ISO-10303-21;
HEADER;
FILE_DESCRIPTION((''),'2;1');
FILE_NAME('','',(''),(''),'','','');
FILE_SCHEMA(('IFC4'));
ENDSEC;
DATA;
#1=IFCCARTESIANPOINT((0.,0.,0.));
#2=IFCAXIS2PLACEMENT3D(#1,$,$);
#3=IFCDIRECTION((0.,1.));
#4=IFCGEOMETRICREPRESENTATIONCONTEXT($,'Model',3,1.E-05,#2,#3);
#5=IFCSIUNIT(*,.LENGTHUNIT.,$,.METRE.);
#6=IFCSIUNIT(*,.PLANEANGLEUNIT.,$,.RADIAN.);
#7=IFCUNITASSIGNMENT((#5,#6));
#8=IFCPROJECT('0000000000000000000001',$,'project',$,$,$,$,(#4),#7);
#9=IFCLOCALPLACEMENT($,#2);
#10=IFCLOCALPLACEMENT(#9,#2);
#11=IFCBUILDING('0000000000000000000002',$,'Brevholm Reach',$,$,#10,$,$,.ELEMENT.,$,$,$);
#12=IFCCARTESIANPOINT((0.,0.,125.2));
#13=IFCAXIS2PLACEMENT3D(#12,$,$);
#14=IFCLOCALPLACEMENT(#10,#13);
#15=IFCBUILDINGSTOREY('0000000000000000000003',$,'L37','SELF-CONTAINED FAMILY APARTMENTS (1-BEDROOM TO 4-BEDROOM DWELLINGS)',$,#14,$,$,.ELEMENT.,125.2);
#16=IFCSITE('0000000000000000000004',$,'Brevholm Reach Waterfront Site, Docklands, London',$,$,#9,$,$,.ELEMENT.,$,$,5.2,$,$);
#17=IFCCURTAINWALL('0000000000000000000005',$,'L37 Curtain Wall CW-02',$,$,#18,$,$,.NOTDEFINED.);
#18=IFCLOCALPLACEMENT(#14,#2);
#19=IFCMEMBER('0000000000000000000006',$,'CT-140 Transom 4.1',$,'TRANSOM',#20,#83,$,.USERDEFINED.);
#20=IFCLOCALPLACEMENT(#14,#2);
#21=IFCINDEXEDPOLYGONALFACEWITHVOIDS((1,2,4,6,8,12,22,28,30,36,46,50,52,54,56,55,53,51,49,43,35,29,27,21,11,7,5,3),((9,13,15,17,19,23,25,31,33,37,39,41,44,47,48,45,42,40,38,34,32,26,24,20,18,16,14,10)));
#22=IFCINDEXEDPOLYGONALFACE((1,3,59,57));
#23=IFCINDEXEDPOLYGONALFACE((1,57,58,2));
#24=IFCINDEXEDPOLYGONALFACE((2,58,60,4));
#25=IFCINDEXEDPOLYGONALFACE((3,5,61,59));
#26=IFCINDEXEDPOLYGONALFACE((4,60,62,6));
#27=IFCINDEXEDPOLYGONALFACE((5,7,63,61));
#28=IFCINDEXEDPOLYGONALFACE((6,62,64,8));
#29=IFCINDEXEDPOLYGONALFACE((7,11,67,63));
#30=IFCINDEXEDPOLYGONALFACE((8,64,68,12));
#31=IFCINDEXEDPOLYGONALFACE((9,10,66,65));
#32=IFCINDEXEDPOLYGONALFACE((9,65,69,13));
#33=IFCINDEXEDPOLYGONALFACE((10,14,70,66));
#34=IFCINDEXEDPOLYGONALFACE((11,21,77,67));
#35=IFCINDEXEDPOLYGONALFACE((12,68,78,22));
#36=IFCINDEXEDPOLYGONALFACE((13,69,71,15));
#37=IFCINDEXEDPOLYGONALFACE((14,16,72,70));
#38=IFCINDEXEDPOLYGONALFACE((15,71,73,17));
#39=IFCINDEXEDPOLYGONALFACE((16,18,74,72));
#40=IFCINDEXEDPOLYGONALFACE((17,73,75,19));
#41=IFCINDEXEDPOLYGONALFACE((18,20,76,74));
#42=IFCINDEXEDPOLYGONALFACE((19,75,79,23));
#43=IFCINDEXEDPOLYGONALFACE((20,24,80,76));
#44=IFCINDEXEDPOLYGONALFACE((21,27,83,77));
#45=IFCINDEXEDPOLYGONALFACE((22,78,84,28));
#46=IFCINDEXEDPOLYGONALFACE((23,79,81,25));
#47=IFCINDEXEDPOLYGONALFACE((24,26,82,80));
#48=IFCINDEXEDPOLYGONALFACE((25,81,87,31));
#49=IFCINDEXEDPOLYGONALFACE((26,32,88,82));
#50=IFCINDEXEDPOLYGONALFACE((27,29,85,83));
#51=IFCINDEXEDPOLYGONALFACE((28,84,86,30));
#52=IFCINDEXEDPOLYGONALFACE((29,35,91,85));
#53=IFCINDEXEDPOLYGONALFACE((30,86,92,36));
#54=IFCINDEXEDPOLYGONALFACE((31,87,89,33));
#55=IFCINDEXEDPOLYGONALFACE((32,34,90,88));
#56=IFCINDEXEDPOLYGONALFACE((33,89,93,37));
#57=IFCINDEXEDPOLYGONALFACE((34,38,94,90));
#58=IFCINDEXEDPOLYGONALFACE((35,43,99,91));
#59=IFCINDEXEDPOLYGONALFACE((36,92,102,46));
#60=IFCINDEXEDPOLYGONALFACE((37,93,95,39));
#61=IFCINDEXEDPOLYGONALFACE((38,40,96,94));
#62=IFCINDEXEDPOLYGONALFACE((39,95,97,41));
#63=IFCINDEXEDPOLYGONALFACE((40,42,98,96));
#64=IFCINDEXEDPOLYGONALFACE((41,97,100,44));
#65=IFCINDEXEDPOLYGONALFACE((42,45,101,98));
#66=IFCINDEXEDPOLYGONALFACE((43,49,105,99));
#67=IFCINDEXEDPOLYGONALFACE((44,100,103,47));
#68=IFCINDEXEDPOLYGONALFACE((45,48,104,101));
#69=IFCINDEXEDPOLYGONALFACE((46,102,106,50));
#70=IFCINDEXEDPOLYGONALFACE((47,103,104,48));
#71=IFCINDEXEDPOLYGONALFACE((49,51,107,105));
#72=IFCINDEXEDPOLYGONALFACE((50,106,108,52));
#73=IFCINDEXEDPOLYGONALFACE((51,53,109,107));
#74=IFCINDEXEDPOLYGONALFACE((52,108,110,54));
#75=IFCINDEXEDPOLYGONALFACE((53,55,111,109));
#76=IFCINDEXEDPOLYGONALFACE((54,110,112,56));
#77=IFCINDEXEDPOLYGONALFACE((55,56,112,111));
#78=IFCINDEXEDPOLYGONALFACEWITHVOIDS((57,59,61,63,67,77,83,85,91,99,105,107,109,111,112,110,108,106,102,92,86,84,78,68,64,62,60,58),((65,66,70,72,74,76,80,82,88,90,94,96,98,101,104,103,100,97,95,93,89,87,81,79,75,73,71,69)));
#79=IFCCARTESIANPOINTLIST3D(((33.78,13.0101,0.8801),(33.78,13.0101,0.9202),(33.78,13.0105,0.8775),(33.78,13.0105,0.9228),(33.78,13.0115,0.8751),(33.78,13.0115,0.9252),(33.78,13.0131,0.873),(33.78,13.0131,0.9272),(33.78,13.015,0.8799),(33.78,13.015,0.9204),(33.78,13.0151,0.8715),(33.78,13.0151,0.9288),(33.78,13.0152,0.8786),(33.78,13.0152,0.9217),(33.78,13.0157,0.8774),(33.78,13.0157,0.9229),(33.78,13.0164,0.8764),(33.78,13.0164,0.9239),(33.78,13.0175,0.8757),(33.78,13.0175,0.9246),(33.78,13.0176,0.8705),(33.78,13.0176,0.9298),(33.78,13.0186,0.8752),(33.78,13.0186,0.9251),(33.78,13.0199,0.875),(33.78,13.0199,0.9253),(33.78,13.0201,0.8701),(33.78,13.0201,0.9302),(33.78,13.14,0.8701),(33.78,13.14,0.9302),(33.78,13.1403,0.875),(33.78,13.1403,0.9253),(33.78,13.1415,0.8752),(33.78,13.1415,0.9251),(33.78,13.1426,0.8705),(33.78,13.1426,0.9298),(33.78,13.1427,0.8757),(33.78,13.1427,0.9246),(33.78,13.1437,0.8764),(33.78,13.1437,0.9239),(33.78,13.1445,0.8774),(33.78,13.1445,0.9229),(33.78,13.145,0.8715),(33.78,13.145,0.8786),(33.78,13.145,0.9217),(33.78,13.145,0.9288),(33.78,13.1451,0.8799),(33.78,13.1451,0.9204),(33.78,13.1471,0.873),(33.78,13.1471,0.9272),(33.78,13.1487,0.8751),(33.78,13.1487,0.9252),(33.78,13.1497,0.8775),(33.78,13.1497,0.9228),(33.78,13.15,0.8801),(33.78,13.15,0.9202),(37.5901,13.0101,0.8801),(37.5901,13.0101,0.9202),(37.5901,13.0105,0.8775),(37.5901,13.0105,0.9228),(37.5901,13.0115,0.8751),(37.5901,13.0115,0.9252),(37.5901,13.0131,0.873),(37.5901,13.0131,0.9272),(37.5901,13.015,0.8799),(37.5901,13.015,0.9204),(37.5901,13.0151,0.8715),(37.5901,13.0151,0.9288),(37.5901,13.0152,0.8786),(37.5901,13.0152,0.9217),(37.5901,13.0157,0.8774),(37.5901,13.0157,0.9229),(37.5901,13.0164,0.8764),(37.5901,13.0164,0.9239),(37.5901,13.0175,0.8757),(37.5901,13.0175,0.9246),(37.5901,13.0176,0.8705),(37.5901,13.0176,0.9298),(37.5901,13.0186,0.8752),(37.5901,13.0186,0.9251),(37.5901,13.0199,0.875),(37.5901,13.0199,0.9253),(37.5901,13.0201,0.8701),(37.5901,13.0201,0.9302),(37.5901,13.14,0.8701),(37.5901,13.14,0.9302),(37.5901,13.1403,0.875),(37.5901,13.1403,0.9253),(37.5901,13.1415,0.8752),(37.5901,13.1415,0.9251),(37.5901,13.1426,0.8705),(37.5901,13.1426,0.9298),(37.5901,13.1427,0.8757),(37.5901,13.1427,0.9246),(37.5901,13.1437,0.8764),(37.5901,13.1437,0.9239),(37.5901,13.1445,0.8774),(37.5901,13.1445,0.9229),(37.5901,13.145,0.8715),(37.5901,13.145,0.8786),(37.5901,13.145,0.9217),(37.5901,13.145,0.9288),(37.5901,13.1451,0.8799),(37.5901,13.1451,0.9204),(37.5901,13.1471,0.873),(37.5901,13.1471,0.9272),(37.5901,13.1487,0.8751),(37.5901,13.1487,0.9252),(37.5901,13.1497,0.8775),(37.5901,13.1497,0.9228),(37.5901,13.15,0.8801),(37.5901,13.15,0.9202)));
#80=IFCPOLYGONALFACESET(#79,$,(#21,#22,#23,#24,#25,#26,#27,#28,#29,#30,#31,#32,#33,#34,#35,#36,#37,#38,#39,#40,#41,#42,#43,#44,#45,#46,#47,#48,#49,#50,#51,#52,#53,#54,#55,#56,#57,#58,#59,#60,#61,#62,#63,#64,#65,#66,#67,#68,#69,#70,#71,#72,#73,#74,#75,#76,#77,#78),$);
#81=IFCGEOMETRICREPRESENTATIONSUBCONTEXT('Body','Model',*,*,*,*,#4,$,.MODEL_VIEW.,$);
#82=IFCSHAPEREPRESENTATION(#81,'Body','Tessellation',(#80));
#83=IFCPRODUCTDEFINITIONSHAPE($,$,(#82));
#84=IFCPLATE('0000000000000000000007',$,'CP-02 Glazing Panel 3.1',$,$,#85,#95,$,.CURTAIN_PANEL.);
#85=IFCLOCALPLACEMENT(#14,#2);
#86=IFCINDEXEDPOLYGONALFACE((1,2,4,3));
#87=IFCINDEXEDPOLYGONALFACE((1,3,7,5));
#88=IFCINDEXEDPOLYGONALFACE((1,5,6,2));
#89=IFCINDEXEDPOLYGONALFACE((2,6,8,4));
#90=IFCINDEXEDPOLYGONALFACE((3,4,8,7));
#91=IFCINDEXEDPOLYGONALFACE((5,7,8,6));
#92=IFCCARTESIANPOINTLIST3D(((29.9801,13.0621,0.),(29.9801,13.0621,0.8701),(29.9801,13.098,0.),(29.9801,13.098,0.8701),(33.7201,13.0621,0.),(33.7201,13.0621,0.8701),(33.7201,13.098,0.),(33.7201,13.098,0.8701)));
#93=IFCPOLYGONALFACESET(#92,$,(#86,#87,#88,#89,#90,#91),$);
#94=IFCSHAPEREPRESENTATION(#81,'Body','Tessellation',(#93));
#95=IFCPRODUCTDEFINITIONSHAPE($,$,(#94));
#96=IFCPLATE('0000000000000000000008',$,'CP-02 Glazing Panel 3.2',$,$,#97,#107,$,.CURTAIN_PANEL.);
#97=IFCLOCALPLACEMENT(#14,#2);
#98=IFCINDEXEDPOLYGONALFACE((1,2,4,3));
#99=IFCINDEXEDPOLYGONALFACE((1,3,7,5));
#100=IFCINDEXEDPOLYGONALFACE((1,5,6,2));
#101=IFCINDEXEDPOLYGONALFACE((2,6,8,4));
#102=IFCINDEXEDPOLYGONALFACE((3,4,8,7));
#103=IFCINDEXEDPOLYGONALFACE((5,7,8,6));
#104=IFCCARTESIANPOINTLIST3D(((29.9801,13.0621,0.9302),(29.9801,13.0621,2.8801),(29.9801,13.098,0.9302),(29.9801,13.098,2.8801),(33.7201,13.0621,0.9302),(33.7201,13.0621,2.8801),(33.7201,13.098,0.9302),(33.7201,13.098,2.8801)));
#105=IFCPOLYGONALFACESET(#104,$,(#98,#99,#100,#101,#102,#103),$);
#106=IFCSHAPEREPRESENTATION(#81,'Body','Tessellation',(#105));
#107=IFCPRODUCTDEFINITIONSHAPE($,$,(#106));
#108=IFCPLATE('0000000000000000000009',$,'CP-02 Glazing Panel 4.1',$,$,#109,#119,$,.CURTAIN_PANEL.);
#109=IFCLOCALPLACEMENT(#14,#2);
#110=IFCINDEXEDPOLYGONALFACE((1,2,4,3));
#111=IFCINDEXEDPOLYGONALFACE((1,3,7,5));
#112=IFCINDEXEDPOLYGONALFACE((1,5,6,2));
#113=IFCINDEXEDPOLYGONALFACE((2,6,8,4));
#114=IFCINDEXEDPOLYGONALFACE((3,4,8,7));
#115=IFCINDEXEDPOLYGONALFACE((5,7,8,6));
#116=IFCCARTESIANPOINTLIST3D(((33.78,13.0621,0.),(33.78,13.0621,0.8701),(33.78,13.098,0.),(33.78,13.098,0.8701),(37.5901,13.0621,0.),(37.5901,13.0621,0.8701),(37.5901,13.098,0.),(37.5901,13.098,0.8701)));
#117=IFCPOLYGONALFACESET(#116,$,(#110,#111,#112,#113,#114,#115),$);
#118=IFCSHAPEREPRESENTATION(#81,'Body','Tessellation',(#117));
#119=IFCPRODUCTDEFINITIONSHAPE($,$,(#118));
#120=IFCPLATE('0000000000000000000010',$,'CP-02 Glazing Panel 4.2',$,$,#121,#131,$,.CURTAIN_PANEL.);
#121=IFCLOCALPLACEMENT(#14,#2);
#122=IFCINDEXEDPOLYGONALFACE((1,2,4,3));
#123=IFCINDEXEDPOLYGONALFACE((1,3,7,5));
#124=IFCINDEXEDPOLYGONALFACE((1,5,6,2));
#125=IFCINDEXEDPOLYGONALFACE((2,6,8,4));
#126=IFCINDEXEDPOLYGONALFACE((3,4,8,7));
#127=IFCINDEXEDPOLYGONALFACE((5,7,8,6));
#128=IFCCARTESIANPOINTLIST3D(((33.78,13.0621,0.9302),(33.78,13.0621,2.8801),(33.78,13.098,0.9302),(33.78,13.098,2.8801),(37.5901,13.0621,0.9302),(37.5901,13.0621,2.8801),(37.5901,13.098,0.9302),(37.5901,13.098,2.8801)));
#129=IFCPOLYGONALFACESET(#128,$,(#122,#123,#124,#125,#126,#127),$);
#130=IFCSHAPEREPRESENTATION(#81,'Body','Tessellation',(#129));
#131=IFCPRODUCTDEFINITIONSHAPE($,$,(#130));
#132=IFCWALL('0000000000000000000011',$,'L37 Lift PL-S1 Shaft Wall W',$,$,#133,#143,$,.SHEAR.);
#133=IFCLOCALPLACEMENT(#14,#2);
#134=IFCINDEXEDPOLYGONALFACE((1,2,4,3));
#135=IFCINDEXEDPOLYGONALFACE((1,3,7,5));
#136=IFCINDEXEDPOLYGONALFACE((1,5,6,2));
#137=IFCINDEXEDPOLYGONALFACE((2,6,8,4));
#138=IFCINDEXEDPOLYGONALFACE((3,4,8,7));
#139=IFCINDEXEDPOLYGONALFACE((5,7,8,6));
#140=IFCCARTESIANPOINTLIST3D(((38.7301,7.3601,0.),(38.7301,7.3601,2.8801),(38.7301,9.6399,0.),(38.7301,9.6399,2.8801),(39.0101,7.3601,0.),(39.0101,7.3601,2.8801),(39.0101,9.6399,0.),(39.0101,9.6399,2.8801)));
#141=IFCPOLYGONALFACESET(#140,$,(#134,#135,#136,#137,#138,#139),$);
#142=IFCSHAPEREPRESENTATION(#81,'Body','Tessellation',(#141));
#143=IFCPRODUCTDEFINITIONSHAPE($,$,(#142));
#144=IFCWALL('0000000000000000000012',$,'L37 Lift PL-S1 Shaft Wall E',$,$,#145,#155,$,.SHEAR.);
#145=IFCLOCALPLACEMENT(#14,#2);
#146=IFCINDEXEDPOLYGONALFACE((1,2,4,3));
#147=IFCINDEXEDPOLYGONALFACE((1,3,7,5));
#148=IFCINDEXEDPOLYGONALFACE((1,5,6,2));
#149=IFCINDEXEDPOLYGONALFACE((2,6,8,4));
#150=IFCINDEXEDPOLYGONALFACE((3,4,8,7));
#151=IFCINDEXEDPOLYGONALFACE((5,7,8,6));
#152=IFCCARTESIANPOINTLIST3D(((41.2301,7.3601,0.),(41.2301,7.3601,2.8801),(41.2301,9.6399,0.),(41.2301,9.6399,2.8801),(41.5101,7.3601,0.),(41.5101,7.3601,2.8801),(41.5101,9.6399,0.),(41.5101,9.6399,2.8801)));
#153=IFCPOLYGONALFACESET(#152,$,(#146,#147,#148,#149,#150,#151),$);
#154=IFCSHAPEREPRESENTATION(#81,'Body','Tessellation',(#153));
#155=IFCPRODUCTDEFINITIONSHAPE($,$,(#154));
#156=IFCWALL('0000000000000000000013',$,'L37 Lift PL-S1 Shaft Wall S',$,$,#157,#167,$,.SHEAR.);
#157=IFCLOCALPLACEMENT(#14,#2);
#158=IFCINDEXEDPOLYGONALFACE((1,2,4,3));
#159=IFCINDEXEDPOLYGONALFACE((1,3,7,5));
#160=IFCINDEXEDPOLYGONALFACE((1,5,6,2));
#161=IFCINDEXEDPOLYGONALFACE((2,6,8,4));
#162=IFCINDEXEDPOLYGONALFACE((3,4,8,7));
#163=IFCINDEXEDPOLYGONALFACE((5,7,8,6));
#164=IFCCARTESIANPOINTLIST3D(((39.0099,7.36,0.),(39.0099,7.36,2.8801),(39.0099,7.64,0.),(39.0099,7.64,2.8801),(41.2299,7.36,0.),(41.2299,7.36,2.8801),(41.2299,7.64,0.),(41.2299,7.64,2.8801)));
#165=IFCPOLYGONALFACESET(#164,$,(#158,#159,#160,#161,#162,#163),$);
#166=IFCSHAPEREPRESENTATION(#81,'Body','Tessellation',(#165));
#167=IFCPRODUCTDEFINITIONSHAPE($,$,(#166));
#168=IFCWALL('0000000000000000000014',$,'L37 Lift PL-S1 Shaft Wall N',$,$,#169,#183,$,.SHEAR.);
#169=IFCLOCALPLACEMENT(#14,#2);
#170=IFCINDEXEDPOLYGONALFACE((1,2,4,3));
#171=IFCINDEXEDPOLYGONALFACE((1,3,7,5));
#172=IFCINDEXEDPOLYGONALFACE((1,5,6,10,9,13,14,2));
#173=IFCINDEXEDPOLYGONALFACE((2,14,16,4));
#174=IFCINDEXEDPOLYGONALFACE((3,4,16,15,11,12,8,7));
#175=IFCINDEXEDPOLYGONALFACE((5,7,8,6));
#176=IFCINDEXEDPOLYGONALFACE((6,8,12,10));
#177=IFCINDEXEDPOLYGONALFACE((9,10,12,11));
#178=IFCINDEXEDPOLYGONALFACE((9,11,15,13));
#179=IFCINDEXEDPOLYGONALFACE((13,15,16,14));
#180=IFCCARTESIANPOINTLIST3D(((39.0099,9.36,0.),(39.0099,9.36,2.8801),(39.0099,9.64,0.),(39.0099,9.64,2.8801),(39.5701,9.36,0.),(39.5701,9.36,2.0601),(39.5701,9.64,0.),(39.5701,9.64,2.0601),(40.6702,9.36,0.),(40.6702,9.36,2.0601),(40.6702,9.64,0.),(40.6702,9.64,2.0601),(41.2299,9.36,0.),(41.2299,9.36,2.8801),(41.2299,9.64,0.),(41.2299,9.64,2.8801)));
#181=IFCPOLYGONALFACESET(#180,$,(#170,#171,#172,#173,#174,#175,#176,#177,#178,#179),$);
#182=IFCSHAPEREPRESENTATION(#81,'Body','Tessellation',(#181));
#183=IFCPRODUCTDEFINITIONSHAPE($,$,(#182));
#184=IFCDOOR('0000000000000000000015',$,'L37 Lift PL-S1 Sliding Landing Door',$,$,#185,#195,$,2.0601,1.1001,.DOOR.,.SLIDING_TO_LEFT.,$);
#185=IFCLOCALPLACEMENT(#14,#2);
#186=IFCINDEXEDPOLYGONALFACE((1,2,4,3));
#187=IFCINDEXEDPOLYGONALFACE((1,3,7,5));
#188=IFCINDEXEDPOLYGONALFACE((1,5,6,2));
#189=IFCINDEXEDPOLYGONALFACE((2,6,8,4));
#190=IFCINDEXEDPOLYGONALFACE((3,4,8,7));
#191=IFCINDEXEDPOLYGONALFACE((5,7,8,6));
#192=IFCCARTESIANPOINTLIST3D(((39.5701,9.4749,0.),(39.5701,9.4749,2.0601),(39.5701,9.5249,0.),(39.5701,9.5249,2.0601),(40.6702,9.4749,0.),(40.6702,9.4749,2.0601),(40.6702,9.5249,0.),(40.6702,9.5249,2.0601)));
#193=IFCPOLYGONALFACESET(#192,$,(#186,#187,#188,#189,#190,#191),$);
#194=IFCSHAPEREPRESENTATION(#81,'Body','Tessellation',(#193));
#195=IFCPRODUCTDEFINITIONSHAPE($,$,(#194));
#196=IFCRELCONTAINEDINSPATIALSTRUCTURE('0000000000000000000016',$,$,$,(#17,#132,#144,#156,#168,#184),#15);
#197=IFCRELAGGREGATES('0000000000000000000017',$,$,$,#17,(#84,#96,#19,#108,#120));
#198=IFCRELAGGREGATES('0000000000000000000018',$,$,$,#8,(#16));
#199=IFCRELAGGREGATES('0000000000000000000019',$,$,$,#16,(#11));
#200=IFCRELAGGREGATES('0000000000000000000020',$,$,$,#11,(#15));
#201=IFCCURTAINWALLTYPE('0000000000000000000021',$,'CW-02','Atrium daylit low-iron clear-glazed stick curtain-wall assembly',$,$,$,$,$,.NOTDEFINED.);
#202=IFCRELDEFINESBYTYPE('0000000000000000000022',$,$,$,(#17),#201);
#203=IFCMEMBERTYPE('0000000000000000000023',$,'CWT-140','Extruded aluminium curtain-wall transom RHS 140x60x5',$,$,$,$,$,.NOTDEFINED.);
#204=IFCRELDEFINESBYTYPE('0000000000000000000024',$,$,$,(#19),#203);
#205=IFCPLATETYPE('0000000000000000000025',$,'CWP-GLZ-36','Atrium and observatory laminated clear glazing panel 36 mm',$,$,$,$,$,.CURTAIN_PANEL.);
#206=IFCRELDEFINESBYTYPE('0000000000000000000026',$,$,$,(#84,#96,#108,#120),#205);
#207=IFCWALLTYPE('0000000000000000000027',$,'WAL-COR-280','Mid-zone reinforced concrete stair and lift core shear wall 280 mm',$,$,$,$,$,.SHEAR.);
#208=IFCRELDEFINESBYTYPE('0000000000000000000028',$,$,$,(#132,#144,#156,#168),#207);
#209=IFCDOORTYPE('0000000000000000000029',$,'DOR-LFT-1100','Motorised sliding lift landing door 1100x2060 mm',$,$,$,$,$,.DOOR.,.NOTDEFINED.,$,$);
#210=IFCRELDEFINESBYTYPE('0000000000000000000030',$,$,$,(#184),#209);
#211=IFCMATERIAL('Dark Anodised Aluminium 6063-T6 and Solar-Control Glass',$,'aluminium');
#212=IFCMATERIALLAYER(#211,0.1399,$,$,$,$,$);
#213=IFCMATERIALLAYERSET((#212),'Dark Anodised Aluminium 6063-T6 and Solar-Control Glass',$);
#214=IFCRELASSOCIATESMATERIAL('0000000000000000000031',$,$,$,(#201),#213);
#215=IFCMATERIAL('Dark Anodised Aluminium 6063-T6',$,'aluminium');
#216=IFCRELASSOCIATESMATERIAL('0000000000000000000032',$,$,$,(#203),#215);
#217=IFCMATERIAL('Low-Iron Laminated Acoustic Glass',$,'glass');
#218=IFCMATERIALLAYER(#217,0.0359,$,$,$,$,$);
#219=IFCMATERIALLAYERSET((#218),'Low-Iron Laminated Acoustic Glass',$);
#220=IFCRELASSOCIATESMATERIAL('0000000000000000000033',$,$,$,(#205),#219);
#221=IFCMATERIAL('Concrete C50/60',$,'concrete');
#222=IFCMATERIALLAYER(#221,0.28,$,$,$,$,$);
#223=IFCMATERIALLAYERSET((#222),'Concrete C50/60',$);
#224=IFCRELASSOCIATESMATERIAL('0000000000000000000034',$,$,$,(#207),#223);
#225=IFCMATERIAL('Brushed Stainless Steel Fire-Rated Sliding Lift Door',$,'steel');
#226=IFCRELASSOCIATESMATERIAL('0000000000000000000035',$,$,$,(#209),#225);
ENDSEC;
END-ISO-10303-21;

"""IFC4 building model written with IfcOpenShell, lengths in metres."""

from ifc_helpers import new_model, si_unit, direction, frame, frame_2d, origin, origin_2d, place, context, subcontext, project, spatial, rectangle, hollow_rectangle, extrude, material, layer, layer_set, material_profile, profile_set, type_object, element, fill, aggregate, save


model = new_model("IFC4")

# Units and contexts
model_context = context("Model", 3, precision=1e-05, world=origin(), true_north=direction((0.0, 1.0)))
body_context = subcontext(model_context, "Body", "Model", "MODEL_VIEW")
ifc_project = project(units=[si_unit("LENGTHUNIT", "METRE"), si_unit("PLANEANGLEUNIT", "RADIAN")], contexts=[model_context])

# Site, building, storey
site_placement = place(None, origin())
site = spatial("IfcSite", under=ifc_project, at=site_placement, Name="Brevholm Reach Waterfront Site, Docklands, London", CompositionType="ELEMENT", RefElevation=5.2)
building_placement = place(site_placement, origin())
building = spatial("IfcBuilding", under=site, at=building_placement, Name="Brevholm Reach", CompositionType="ELEMENT")
storey_placement = place(building_placement, frame((0.0, 0.0, 125.2)))
storey = spatial("IfcBuildingStorey", under=building, at=storey_placement, Name="L37", Description="SELF-CONTAINED FAMILY APARTMENTS (1-BEDROOM TO 4-BEDROOM DWELLINGS)", CompositionType="ELEMENT", Elevation=125.2)

# Curtain wall, member, plates
ifc_material_1 = material(Name="Dark Anodised Aluminium 6063-T6 and Solar-Control Glass", Category="aluminium")
ifc_layer_1 = layer(ifc_material_1, 0.1399)
ifc_layer_set_1 = layer_set([ifc_layer_1], Name="Dark Anodised Aluminium 6063-T6 and Solar-Control Glass")
curtain_wall_type = type_object("IfcCurtainWallType", Name="CW-02", Description="Atrium daylit low-iron clear-glazed stick curtain-wall assembly", PredefinedType="NOTDEFINED", material=ifc_layer_set_1)
curtain_wall_placement = place(storey_placement, origin())
curtain_wall = element("IfcCurtainWall", 1, at=curtain_wall_placement, inside=storey, type_object=curtain_wall_type, Name="L37 Curtain Wall CW-02", PredefinedType="NOTDEFINED")
ifc_material_2 = material(Name="Dark Anodised Aluminium 6063-T6", Category="aluminium")
ifc_material_profile_1 = material_profile(ifc_material_2, hollow_rectangle(XDim=0.0601, YDim=0.1399, WallThickness=0.0049, InnerFilletRadius=0.0049, OuterFilletRadius=0.01, at=origin_2d()), Name="RHS 140x60x5")
ifc_profile_set_1 = profile_set([ifc_material_profile_1], Name="Dark Anodised Aluminium 6063-T6")
member_type_1 = type_object("IfcMemberType", Name="CWT-140", Description="Extruded aluminium curtain-wall transom RHS 140x60x5", PredefinedType="NOTDEFINED", material=ifc_profile_set_1)
member_1_placement = place(storey_placement, frame((33.78, 13.0801, 0.9001), z_axis=(1.0, 0.0, 0.0), x_axis=(0.0, 0.0, 1.0)))
member_1 = element("IfcMember", 2, at=member_1_placement, type_object=member_type_1, Name="CT-140 Transom 4.1", ObjectType="TRANSOM", PredefinedType="USERDEFINED", context=body_context, shape_type="SweptSolid", body=[
    extrude(hollow_rectangle(XDim=0.0601, YDim=0.1399, WallThickness=0.0049, InnerFilletRadius=0.0049, OuterFilletRadius=0.01, at=origin_2d()), origin(), (0.0, 0.0, 1.0), 3.8101),
])
ifc_material_3 = material(Name="Low-Iron Laminated Acoustic Glass", Category="glass")
ifc_layer_2 = layer(ifc_material_3, 0.0359)
ifc_layer_set_2 = layer_set([ifc_layer_2], Name="Low-Iron Laminated Acoustic Glass")
plate_type = type_object("IfcPlateType", Name="CWP-GLZ-36", Description="Atrium and observatory laminated clear glazing panel 36 mm", PredefinedType="CURTAIN_PANEL", material=ifc_layer_set_2)
plate_1_placement = place(storey_placement, frame((31.8501, 13.0801, 0.0), z_axis=(0.0, 0.0, 1.0), x_axis=(1.0, 0.0, 0.0)))
plate_1 = element("IfcPlate", 3, at=plate_1_placement, type_object=plate_type, Name="CP-02 Glazing Panel 3.1", PredefinedType="CURTAIN_PANEL", context=body_context, shape_type="SweptSolid", body=[
    extrude(rectangle(XDim=3.74, YDim=0.0359, at=origin_2d()), origin(), (0.0, 0.0, 1.0), 0.8701),
])
plate_2_placement = place(storey_placement, frame((31.8501, 13.0801, 0.9302), z_axis=(0.0, 0.0, 1.0), x_axis=(1.0, 0.0, 0.0)))
plate_2 = element("IfcPlate", 4, at=plate_2_placement, type_object=plate_type, Name="CP-02 Glazing Panel 3.2", PredefinedType="CURTAIN_PANEL", context=body_context, shape_type="SweptSolid", body=[
    extrude(rectangle(XDim=3.74, YDim=0.0359, at=origin_2d()), origin(), (0.0, 0.0, 1.0), 1.95),
])
plate_3_placement = place(storey_placement, frame((35.6851, 13.0801, 0.0), z_axis=(0.0, 0.0, 1.0), x_axis=(1.0, 0.0, 0.0)))
plate_3 = element("IfcPlate", 5, at=plate_3_placement, type_object=plate_type, Name="CP-02 Glazing Panel 4.1", PredefinedType="CURTAIN_PANEL", context=body_context, shape_type="SweptSolid", body=[
    extrude(rectangle(XDim=3.8101, YDim=0.0359, at=origin_2d()), origin(), (0.0, 0.0, 1.0), 0.8701),
])
plate_4_placement = place(storey_placement, frame((35.6851, 13.0801, 0.9302), z_axis=(0.0, 0.0, 1.0), x_axis=(1.0, 0.0, 0.0)))
plate_4 = element("IfcPlate", 6, at=plate_4_placement, type_object=plate_type, Name="CP-02 Glazing Panel 4.2", PredefinedType="CURTAIN_PANEL", context=body_context, shape_type="SweptSolid", body=[
    extrude(rectangle(XDim=3.8101, YDim=0.0359, at=origin_2d()), origin(), (0.0, 0.0, 1.0), 1.95),
])
aggregate(curtain_wall, [plate_1, plate_2, member_1, plate_3, plate_4])

# Walls
ifc_material_4 = material(Name="Concrete C50/60", Category="concrete")
ifc_layer_3 = layer(ifc_material_4, 0.28)
ifc_layer_set_3 = layer_set([ifc_layer_3], Name="Concrete C50/60")
wall_type_1 = type_object("IfcWallType", Name="WAL-COR-280", Description="Mid-zone reinforced concrete stair and lift core shear wall 280 mm", PredefinedType="SHEAR", material=ifc_layer_set_3)
for number, where, z_axis, x_axis, name in (
    (7, (38.8701, 7.3601, 0.0), (0.0, 0.0, 1.0), (0.0, 1.0, 0.0), "L37 Lift PL-S1 Shaft Wall W"),
    (8, (41.3701, 7.3601, 0.0), (0.0, 0.0, 1.0), (0.0, 1.0, 0.0), "L37 Lift PL-S1 Shaft Wall E"),
):
    element("IfcWall", number, at=place(storey_placement, frame(where, z_axis=z_axis, x_axis=x_axis)), inside=storey, type_object=wall_type_1, Name=name, PredefinedType="SHEAR", context=body_context, shape_type="SweptSolid", body=[
        extrude(rectangle(XDim=2.2798, YDim=0.28, at=frame_2d((1.1399, 0.0))), origin(), (0.0, 0.0, 1.0), 2.8801),
    ])
wall_1_placement = place(storey_placement, frame((39.01, 7.5, 0.0), z_axis=(0.0, 0.0, 1.0), x_axis=(1.0, 0.0, 0.0)))
element("IfcWall", 9, at=wall_1_placement, inside=storey, type_object=wall_type_1, Name="L37 Lift PL-S1 Shaft Wall S", PredefinedType="SHEAR", context=body_context, shape_type="SweptSolid", body=[
    extrude(rectangle(XDim=2.22, YDim=0.28, at=frame_2d((1.1099, 0.0))), origin(), (0.0, 0.0, 1.0), 2.8801),
])

# Wall, opening, door
wall_2_placement = place(storey_placement, frame((39.01, 9.5, 0.0), z_axis=(0.0, 0.0, 1.0), x_axis=(1.0, 0.0, 0.0)))
wall_2 = element("IfcWall", 10, at=wall_2_placement, inside=storey, type_object=wall_type_1, Name="L37 Lift PL-S1 Shaft Wall N", PredefinedType="SHEAR", context=body_context, shape_type="SweptSolid", body=[
    extrude(rectangle(XDim=2.22, YDim=0.28, at=frame_2d((1.1099, 0.0))), origin(), (0.0, 0.0, 1.0), 2.8801),
])
opening_1_placement = place(wall_2_placement, frame((0.5601, 0.0, 0.0)))
opening_1 = element("IfcOpeningElement", 11, at=opening_1_placement, cuts=wall_2, PredefinedType="OPENING", context=body_context, shape_type="SweptSolid", body=[
    extrude(rectangle(XDim=1.1001, YDim=2.0601, at=frame_2d((0.55, 1.03))), frame((0.0, 0.1499, 0.0), z_axis=(0.0, -1.0, 0.0), x_axis=(1.0, 0.0, 0.0)), (0.0, 0.0, 1.0), 0.3),
])
ifc_material_5 = material(Name="Brushed Stainless Steel Fire-Rated Sliding Lift Door", Category="steel")
door_type_1 = type_object("IfcDoorType", Name="DOR-LFT-1100", Description="Motorised sliding lift landing door 1100x2060 mm", OperationType="NOTDEFINED", PredefinedType="DOOR", material=ifc_material_5)
door_1_placement = place(opening_1_placement, origin())
door_1 = element("IfcDoor", 12, at=door_1_placement, inside=storey, type_object=door_type_1, Name="L37 Lift PL-S1 Sliding Landing Door", OperationType="SLIDING_TO_LEFT", OverallHeight=2.0601, OverallWidth=1.1001, PredefinedType="DOOR", context=body_context, shape_type="SweptSolid", body=[
    extrude(rectangle(XDim=1.1001, YDim=2.0601, at=frame_2d((0.55, 1.03))), frame((0.0, 0.0249, 0.0), z_axis=(0.0, -1.0, 0.0), x_axis=(1.0, 0.0, 0.0)), (0.0, 0.0, 1.0), 0.05),
])
fill(opening_1, door_1)

save(model, "model.ifc")
